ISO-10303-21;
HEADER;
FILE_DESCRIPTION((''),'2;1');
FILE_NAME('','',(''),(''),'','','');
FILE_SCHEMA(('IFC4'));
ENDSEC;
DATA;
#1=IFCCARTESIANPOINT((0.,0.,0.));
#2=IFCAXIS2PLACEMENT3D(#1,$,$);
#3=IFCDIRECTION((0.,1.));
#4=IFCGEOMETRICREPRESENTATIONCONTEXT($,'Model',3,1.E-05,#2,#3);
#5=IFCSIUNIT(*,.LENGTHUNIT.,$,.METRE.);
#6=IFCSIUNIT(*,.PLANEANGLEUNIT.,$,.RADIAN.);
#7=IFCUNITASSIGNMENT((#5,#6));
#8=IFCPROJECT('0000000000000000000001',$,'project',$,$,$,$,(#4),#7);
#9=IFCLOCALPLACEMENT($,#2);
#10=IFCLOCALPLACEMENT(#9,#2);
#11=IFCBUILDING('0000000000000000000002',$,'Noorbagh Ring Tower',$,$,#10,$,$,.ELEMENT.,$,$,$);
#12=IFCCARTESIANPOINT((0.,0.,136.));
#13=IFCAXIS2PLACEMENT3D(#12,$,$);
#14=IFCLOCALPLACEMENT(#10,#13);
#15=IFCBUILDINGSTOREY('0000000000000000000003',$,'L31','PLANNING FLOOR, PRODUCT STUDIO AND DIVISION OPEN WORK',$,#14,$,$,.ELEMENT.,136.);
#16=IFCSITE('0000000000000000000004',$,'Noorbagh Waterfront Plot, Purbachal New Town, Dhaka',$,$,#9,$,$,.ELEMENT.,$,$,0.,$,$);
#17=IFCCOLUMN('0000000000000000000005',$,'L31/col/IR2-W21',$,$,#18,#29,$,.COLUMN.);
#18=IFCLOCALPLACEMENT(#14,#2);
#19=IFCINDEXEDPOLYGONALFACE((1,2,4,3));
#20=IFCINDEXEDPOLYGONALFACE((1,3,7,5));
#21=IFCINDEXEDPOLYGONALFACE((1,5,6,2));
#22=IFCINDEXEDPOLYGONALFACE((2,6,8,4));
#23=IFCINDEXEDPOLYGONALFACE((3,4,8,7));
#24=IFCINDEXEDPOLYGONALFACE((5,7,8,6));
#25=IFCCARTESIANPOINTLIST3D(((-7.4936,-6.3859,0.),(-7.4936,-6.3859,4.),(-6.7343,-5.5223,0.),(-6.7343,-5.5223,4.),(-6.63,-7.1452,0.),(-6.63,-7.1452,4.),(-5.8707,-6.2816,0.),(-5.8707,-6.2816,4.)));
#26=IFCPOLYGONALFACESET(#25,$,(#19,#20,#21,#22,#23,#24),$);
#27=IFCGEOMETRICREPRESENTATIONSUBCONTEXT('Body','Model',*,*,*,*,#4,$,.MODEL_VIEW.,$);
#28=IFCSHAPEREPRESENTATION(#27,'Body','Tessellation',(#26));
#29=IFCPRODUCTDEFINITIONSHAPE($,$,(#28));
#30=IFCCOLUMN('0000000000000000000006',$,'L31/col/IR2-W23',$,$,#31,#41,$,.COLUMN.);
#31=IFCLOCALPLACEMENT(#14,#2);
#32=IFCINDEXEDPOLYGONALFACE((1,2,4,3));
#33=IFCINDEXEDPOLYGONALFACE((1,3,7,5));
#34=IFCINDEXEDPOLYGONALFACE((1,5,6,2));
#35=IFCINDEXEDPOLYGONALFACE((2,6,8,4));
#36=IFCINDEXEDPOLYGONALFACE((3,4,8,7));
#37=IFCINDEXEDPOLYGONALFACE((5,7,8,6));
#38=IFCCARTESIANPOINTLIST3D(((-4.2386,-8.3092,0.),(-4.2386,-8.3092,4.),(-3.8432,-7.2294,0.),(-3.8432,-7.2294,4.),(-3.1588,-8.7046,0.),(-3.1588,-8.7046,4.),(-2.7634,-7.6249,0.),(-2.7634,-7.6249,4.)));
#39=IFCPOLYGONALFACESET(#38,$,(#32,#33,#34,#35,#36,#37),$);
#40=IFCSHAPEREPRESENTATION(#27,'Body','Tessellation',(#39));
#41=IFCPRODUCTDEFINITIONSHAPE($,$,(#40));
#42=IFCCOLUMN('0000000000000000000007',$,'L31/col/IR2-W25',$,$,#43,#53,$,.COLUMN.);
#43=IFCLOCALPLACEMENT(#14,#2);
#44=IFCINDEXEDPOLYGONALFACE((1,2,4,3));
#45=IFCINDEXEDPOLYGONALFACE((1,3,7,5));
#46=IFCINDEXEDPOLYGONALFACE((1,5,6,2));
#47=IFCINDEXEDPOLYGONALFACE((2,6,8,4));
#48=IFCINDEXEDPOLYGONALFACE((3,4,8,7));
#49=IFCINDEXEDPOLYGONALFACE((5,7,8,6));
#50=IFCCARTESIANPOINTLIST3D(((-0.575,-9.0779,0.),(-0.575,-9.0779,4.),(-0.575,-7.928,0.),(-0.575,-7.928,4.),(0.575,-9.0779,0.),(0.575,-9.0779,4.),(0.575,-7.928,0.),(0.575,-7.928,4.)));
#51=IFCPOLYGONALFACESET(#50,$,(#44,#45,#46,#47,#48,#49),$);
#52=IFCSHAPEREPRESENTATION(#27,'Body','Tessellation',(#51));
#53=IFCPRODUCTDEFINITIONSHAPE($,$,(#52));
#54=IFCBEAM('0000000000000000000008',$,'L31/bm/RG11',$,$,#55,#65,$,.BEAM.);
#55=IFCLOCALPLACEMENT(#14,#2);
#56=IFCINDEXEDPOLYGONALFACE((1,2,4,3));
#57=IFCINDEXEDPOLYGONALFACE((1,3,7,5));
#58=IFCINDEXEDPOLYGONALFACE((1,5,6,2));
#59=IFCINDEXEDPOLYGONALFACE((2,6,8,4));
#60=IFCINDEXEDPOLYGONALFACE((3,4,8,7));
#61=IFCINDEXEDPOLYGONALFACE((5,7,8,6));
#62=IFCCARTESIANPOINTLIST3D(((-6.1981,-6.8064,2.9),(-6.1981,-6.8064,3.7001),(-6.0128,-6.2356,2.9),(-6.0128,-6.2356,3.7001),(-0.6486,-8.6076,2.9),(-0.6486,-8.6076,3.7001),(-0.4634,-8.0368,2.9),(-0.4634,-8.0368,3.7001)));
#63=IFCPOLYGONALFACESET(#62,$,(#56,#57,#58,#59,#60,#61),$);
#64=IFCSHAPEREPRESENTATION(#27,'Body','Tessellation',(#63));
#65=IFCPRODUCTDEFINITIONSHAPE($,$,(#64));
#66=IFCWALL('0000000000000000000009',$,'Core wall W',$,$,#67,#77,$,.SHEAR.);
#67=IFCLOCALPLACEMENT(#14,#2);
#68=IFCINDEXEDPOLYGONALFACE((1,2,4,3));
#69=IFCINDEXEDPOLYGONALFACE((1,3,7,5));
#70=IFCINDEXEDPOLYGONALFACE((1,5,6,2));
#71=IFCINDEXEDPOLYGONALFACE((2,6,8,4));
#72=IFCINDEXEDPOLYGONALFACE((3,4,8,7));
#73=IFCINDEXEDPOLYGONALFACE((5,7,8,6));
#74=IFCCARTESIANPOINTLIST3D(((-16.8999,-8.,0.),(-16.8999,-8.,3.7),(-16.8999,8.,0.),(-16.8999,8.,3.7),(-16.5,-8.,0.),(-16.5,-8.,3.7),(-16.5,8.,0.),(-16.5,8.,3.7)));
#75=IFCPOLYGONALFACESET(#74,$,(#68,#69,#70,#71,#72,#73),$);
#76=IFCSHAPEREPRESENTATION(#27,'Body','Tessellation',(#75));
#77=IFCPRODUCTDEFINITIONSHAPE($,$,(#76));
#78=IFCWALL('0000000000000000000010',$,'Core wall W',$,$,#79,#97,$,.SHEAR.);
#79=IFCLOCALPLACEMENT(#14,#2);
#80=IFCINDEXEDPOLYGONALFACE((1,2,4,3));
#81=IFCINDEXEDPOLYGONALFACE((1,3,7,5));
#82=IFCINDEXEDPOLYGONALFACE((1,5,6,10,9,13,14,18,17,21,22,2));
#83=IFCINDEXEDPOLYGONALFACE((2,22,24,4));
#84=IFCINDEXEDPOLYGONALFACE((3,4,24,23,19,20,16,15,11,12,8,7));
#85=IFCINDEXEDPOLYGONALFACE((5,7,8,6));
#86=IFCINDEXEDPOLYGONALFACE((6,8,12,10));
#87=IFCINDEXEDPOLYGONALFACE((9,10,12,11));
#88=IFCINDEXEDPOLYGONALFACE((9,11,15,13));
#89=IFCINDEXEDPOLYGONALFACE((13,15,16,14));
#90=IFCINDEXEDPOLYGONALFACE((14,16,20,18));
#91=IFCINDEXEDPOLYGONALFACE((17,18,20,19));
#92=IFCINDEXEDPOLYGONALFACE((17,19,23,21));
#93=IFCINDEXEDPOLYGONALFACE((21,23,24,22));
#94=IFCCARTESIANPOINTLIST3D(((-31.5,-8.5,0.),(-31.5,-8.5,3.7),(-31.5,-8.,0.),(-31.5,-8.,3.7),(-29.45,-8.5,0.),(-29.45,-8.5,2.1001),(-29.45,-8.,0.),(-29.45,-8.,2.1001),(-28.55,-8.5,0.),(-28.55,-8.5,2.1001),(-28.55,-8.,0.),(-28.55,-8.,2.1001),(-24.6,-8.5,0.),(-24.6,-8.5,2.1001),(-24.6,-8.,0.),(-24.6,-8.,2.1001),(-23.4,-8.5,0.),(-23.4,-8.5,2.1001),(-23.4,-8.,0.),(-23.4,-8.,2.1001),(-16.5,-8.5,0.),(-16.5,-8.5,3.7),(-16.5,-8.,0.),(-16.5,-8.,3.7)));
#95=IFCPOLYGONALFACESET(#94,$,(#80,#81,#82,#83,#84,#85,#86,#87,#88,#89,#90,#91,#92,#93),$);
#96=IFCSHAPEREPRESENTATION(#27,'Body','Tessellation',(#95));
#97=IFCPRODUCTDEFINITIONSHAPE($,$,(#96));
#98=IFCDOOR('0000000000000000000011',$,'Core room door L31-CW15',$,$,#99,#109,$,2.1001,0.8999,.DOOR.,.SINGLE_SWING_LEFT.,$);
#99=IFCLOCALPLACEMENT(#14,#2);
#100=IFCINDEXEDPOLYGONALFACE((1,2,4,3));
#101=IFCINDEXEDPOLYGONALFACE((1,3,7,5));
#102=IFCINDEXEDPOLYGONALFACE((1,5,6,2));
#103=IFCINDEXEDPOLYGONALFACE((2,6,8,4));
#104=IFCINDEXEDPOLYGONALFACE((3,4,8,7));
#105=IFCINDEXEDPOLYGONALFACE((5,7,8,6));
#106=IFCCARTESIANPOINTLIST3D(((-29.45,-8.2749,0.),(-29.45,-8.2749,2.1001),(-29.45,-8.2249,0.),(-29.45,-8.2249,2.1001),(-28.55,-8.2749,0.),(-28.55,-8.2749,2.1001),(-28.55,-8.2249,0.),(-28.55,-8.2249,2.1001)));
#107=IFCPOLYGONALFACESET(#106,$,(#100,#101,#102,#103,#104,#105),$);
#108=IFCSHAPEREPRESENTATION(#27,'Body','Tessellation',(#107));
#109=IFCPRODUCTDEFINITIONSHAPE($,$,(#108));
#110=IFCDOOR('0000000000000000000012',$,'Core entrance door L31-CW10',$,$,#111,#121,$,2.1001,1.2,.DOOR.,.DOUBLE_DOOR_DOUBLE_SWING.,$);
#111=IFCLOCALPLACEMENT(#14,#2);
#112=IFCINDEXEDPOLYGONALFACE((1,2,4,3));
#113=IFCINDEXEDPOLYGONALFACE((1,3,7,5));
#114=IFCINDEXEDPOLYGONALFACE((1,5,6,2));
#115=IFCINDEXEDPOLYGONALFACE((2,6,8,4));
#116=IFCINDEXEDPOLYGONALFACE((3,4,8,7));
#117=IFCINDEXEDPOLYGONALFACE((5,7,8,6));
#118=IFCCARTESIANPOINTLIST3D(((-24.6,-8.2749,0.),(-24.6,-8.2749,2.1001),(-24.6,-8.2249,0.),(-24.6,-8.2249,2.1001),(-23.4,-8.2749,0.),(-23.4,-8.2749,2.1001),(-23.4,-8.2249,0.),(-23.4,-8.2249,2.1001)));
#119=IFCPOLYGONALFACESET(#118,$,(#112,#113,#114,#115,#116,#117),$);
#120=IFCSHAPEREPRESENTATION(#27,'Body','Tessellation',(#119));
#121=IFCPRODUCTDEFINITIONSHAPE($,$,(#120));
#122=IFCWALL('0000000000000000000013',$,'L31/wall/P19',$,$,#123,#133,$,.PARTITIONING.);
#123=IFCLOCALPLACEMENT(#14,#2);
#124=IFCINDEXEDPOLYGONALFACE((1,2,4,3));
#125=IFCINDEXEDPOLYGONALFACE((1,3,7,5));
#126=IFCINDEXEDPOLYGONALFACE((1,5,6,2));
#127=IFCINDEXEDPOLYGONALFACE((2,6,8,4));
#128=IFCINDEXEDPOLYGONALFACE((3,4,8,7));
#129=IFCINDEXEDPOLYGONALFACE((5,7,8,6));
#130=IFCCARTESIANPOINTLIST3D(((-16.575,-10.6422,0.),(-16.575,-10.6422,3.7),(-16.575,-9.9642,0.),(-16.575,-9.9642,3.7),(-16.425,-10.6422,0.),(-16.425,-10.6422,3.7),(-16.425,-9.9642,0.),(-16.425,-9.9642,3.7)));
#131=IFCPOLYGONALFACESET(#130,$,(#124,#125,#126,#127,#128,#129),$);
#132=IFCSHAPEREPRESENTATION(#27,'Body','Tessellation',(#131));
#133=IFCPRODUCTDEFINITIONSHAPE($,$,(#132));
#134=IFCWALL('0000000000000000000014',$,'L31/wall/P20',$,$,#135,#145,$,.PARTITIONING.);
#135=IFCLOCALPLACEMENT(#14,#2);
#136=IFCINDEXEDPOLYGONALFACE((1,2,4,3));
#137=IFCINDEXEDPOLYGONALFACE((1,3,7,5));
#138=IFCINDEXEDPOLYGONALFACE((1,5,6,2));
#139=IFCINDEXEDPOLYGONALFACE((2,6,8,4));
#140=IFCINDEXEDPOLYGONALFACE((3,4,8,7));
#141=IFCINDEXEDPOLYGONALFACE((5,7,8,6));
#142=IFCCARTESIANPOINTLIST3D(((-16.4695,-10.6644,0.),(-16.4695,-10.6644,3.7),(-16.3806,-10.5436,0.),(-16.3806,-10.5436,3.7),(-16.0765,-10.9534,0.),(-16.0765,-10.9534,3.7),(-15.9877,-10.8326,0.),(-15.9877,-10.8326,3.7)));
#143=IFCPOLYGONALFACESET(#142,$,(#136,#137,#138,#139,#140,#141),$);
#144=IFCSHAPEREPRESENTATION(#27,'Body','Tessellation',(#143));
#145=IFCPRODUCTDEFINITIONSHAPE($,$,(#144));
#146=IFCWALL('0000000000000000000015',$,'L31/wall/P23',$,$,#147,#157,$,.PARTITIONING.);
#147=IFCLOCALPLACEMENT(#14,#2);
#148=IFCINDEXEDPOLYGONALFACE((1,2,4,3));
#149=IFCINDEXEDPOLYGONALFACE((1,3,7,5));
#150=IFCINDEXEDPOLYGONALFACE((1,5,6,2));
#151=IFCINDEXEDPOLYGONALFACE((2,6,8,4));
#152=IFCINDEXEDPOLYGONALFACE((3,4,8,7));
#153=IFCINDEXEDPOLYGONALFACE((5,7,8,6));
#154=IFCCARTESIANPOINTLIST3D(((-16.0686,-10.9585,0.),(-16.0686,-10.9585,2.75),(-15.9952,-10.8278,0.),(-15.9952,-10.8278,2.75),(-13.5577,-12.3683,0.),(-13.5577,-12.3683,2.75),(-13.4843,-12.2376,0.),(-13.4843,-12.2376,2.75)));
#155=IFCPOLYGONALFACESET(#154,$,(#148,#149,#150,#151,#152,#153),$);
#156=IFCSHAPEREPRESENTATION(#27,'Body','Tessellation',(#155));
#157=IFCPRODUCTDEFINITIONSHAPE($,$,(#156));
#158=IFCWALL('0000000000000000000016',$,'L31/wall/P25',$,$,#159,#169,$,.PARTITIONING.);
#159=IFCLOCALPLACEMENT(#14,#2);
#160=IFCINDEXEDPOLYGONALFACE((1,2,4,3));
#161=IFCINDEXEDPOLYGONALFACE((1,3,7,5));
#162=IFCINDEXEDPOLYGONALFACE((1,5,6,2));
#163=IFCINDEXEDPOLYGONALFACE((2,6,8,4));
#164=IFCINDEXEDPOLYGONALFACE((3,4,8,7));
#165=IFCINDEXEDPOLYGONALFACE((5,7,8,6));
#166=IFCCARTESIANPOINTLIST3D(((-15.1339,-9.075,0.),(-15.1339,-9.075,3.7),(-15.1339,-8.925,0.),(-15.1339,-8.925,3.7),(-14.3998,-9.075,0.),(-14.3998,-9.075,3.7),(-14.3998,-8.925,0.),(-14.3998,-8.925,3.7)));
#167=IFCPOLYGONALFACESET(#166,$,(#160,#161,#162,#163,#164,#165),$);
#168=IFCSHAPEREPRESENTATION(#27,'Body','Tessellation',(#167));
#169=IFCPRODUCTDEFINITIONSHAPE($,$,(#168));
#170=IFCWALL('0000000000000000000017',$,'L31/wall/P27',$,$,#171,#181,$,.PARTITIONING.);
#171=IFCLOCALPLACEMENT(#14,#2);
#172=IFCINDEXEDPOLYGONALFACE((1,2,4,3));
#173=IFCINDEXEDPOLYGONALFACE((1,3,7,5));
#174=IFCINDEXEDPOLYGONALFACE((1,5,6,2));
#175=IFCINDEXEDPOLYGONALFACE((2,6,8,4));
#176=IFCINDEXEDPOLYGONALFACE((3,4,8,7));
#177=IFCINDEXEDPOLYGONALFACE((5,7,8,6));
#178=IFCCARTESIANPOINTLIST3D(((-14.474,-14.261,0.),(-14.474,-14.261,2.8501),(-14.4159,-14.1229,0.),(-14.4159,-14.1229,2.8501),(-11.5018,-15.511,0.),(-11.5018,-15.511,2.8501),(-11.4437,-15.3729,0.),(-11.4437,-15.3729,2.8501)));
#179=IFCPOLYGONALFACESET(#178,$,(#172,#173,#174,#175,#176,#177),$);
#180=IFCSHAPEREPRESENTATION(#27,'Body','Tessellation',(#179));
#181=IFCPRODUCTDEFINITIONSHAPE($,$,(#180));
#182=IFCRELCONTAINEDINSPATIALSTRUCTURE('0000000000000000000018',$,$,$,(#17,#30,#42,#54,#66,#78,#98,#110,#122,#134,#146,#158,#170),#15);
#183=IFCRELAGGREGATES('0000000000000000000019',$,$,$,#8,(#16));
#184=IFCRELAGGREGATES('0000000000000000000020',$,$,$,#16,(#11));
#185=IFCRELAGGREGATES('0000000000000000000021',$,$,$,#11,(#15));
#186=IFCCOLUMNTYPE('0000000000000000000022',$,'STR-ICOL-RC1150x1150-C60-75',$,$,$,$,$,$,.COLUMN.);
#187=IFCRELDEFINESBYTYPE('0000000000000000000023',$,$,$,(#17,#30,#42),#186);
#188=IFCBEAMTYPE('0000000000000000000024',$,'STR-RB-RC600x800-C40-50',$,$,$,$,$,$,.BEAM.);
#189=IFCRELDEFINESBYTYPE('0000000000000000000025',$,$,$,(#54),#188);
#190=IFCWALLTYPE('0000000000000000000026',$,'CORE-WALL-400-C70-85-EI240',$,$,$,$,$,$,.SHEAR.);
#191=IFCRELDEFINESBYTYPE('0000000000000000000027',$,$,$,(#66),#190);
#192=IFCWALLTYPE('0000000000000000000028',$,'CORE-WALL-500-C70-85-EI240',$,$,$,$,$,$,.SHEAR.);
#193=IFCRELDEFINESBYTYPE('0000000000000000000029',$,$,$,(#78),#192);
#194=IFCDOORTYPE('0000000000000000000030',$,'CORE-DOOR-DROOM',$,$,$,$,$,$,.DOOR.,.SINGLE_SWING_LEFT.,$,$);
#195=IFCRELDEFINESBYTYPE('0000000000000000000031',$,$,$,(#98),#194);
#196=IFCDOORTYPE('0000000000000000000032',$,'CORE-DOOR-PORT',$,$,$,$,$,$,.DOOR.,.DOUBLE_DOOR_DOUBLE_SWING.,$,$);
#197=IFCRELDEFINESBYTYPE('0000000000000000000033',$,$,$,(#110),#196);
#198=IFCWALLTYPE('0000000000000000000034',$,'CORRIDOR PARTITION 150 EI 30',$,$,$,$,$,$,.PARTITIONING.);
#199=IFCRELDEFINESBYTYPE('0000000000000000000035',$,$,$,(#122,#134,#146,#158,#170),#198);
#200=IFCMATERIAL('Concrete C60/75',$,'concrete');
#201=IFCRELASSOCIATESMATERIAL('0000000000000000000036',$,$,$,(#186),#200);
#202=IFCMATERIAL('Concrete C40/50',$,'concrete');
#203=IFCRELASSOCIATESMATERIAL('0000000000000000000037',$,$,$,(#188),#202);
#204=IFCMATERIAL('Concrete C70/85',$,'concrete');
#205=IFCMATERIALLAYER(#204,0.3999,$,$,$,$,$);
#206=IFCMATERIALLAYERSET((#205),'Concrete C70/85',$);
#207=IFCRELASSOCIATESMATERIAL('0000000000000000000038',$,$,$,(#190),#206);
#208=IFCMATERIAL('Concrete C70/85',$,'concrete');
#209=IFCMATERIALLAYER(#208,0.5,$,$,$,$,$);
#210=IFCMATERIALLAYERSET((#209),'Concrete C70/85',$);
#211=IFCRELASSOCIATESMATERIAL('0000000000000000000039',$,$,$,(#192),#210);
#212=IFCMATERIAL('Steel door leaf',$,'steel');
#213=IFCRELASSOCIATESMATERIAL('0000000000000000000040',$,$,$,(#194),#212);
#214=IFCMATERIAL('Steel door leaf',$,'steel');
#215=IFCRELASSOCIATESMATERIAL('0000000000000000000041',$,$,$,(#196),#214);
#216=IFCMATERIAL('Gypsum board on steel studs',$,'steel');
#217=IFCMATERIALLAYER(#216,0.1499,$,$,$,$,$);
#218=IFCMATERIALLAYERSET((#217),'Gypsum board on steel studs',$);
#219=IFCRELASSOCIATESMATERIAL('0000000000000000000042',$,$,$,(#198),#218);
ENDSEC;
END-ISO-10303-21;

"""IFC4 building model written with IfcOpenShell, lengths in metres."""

from ifc_helpers import new_model, si_unit, direction, frame, frame_2d, origin, origin_2d, place, context, subcontext, project, spatial, rectangle, extrude, material, layer, layer_set, material_profile, profile_set, type_object, element, fill, save


model = new_model("IFC4")

# Units and contexts
model_context = context("Model", 3, precision=1e-05, world=origin(), true_north=direction((0.0, 1.0)))
body_context = subcontext(model_context, "Body", "Model", "MODEL_VIEW")
ifc_project = project(units=[si_unit("LENGTHUNIT", "METRE"), si_unit("PLANEANGLEUNIT", "RADIAN")], contexts=[model_context])

# Site, building, storey
site_placement = place(None, origin())
site = spatial("IfcSite", under=ifc_project, at=site_placement, Name="Noorbagh Waterfront Plot, Purbachal New Town, Dhaka", CompositionType="ELEMENT", RefElevation=0.0)
building_placement = place(site_placement, origin())
building = spatial("IfcBuilding", under=site, at=building_placement, Name="Noorbagh Ring Tower", CompositionType="ELEMENT")
storey_placement = place(building_placement, frame((0.0, 0.0, 136.0)))
storey = spatial("IfcBuildingStorey", under=building, at=storey_placement, Name="L31", Description="PLANNING FLOOR, PRODUCT STUDIO AND DIVISION OPEN WORK", CompositionType="ELEMENT", Elevation=136.0)

# Columns
ifc_material_1 = material(Name="Concrete C60/75", Category="concrete")
ifc_material_profile_1 = material_profile(ifc_material_1, rectangle(XDim=1.1499, YDim=1.1499, at=origin_2d()), Name="RC1150x1150")
ifc_profile_set_1 = profile_set([ifc_material_profile_1], Name="Concrete C60/75")
column_type = type_object("IfcColumnType", Name="STR-ICOL-RC1150x1150-C60-75", PredefinedType="COLUMN", material=ifc_profile_set_1)
for number, where, z_axis, x_axis, name in (
    (1, (-6.6821, -6.3337, 0.0), (0.0, 0.0, 1.0), (0.751022, -0.660277, 0.0), "L31/col/IR2-W21"),
    (2, (-3.501, -7.967, 0.0), (0.0, 0.0, 1.0), (0.93902, -0.343864, 0.0), "L31/col/IR2-W23"),
    (3, (0.0, -8.5029, 0.0), (0.0, 0.0, 1.0), (1.0, 0.0, 0.0), "L31/col/IR2-W25"),
):
    element("IfcColumn", number, at=place(storey_placement, frame(where, z_axis=z_axis, x_axis=x_axis)), inside=storey, type_object=column_type, Name=name, PredefinedType="COLUMN", context=body_context, shape_type="SweptSolid", body=[
        extrude(rectangle(XDim=1.1499, YDim=1.1499, at=origin_2d()), origin(), (0.0, 0.0, 1.0), 4.0),
    ])

# Beam
ifc_material_2 = material(Name="Concrete C40/50", Category="concrete")
ifc_material_profile_2 = material_profile(ifc_material_2, rectangle(XDim=0.6001, YDim=0.8, at=origin_2d()), Name="RC600x800")
ifc_profile_set_2 = profile_set([ifc_material_profile_2], Name="Concrete C40/50")
beam_type = type_object("IfcBeamType", Name="STR-RB-RC600x800-C40-50", PredefinedType="BEAM", material=ifc_profile_set_2)
beam_placement = place(storey_placement, frame((-6.1055, -6.521, 3.3), z_axis=(0.951152, -0.308724, 0.0), x_axis=(0.308724, 0.951152, 0.0)))
element("IfcBeam", 4, at=beam_placement, inside=storey, type_object=beam_type, Name="L31/bm/RG11", PredefinedType="BEAM", context=body_context, shape_type="SweptSolid", body=[
    extrude(rectangle(XDim=0.6001, YDim=0.8, at=origin_2d()), origin(), (0.0, 0.0, 1.0), 5.8345),
])

# Wall
ifc_material_3 = material(Name="Concrete C70/85", Category="concrete")
ifc_layer_1 = layer(ifc_material_3, 0.3999)
ifc_layer_set_1 = layer_set([ifc_layer_1], Name="Concrete C70/85")
wall_type_1 = type_object("IfcWallType", Name="CORE-WALL-400-C70-85-EI240", PredefinedType="SHEAR", material=ifc_layer_set_1)
wall_1_placement = place(storey_placement, frame((-16.7, -8.0, 0.0), z_axis=(0.0, 0.0, 1.0), x_axis=(0.0, 1.0, 0.0)))
element("IfcWall", 5, at=wall_1_placement, inside=storey, type_object=wall_type_1, Name="Core wall W", PredefinedType="SHEAR", context=body_context, shape_type="SweptSolid", body=[
    extrude(rectangle(XDim=16.0, YDim=0.3999, at=frame_2d((8.0, 0.0))), origin(), (0.0, 0.0, 1.0), 3.7),
])

# Wall, openings, doors
ifc_material_4 = material(Name="Concrete C70/85", Category="concrete")
ifc_layer_2 = layer(ifc_material_4, 0.5)
ifc_layer_set_2 = layer_set([ifc_layer_2], Name="Concrete C70/85")
wall_type_2 = type_object("IfcWallType", Name="CORE-WALL-500-C70-85-EI240", PredefinedType="SHEAR", material=ifc_layer_set_2)
wall_2_placement = place(storey_placement, frame((-16.5, -8.25, 0.0), z_axis=(0.0, 0.0, 1.0), x_axis=(-1.0, 0.0, 0.0)))
wall_2 = element("IfcWall", 6, at=wall_2_placement, inside=storey, type_object=wall_type_2, Name="Core wall W", PredefinedType="SHEAR", context=body_context, shape_type="SweptSolid", body=[
    extrude(rectangle(XDim=15.0, YDim=0.5, at=frame_2d((7.5, 0.0))), origin(), (0.0, 0.0, 1.0), 3.7),
])
opening_1_placement = place(wall_2_placement, frame((6.8999, 0.0, 0.0)))
opening_1 = element("IfcOpeningElement", 7, at=opening_1_placement, cuts=wall_2, PredefinedType="OPENING", context=body_context, shape_type="SweptSolid", body=[
    extrude(rectangle(XDim=1.2, YDim=2.1001, at=frame_2d((0.6001, 1.05))), frame((0.0, 0.26, 0.0), z_axis=(0.0, -1.0, 0.0), x_axis=(1.0, 0.0, 0.0)), (0.0, 0.0, 1.0), 0.52),
])
opening_2_placement = place(wall_2_placement, frame((12.05, 0.0, 0.0)))
opening_2 = element("IfcOpeningElement", 8, at=opening_2_placement, cuts=wall_2, PredefinedType="OPENING", context=body_context, shape_type="SweptSolid", body=[
    extrude(rectangle(XDim=0.8999, YDim=2.1001, at=frame_2d((0.45, 1.05))), frame((0.0, 0.26, 0.0), z_axis=(0.0, -1.0, 0.0), x_axis=(1.0, 0.0, 0.0)), (0.0, 0.0, 1.0), 0.52),
])
ifc_material_5 = material(Name="Steel door leaf", Category="steel")
door_type_1 = type_object("IfcDoorType", Name="CORE-DOOR-DROOM", OperationType="SINGLE_SWING_LEFT", PredefinedType="DOOR", material=ifc_material_5)
door_1_placement = place(opening_2_placement, origin())
door_1 = element("IfcDoor", 9, at=door_1_placement, inside=storey, type_object=door_type_1, Name="Core room door L31-CW15", OperationType="SINGLE_SWING_LEFT", OverallHeight=2.1001, OverallWidth=0.8999, PredefinedType="DOOR", context=body_context, shape_type="SweptSolid", body=[
    extrude(rectangle(XDim=0.8999, YDim=2.1001, at=frame_2d((0.45, 1.05))), frame((0.0, 0.0249, 0.0), z_axis=(0.0, -1.0, 0.0), x_axis=(1.0, 0.0, 0.0)), (0.0, 0.0, 1.0), 0.05),
])
fill(opening_2, door_1)
ifc_material_6 = material(Name="Steel door leaf", Category="steel")
door_type_2 = type_object("IfcDoorType", Name="CORE-DOOR-PORT", OperationType="DOUBLE_DOOR_DOUBLE_SWING", PredefinedType="DOOR", material=ifc_material_6)
door_2_placement = place(opening_1_placement, origin())
door_2 = element("IfcDoor", 10, at=door_2_placement, inside=storey, type_object=door_type_2, Name="Core entrance door L31-CW10", OperationType="DOUBLE_DOOR_DOUBLE_SWING", OverallHeight=2.1001, OverallWidth=1.2, PredefinedType="DOOR", context=body_context, shape_type="SweptSolid", body=[
    extrude(rectangle(XDim=1.2, YDim=2.1001, at=frame_2d((0.6001, 1.05))), frame((0.0, 0.0249, 0.0), z_axis=(0.0, -1.0, 0.0), x_axis=(1.0, 0.0, 0.0)), (0.0, 0.0, 1.0), 0.05),
])
fill(opening_1, door_2)

# Walls
ifc_material_7 = material(Name="Gypsum board on steel studs", Category="steel")
ifc_layer_3 = layer(ifc_material_7, 0.1499)
ifc_layer_set_3 = layer_set([ifc_layer_3], Name="Gypsum board on steel studs")
wall_type_3 = type_object("IfcWallType", Name="CORRIDOR PARTITION 150 EI 30", PredefinedType="PARTITIONING", material=ifc_layer_set_3)
wall_3_placement = place(storey_placement, frame((-16.5, -10.6421, 0.0), z_axis=(0.0, 0.0, 1.0), x_axis=(0.0, 1.0, 0.0)))
element("IfcWall", 11, at=wall_3_placement, inside=storey, type_object=wall_type_3, Name="L31/wall/P19", PredefinedType="PARTITIONING", context=body_context, shape_type="SweptSolid", body=[
    extrude(rectangle(XDim=0.678, YDim=0.1499, at=frame_2d((0.3389, 0.0))), origin(), (0.0, 0.0, 1.0), 3.7),
])
wall_4_placement = place(storey_placement, frame((-16.425, -10.604, 0.0), z_axis=(0.0, 0.0, 1.0), x_axis=(0.805609, -0.592448, 0.0)))
element("IfcWall", 12, at=wall_4_placement, inside=storey, type_object=wall_type_3, Name="L31/wall/P20", PredefinedType="PARTITIONING", context=body_context, shape_type="SweptSolid", body=[
    extrude(rectangle(XDim=0.4878, YDim=0.1499, at=frame_2d((0.2439, 0.0))), origin(), (0.0, 0.0, 1.0), 3.7),
])
wall_5_placement = place(storey_placement, frame((-16.032, -10.8931, 0.0), z_axis=(0.0, 0.0, 1.0), x_axis=(0.871949, -0.489597, 0.0)))
element("IfcWall", 13, at=wall_5_placement, inside=storey, type_object=wall_type_3, Name="L31/wall/P23", PredefinedType="PARTITIONING", context=body_context, shape_type="SweptSolid", body=[
    extrude(rectangle(XDim=2.8796, YDim=0.1499, at=frame_2d((1.4399, 0.0))), origin(), (0.0, 0.0, 1.0), 2.75),
])
wall_6_placement = place(storey_placement, frame((-15.134, -9.0, 0.0), z_axis=(0.0, 0.0, 1.0), x_axis=(1.0, 0.0, 0.0)))
element("IfcWall", 14, at=wall_6_placement, inside=storey, type_object=wall_type_3, Name="L31/wall/P25", PredefinedType="PARTITIONING", context=body_context, shape_type="SweptSolid", body=[
    extrude(rectangle(XDim=0.7341, YDim=0.1499, at=frame_2d((0.3672, 0.0))), origin(), (0.0, 0.0, 1.0), 3.7),
])
wall_7_placement = place(storey_placement, frame((-14.4451, -14.1919, 0.0), z_axis=(0.0, 0.0, 1.0), x_axis=(0.921795, -0.387678, 0.0)))
element("IfcWall", 15, at=wall_7_placement, inside=storey, type_object=wall_type_3, Name="L31/wall/P27", PredefinedType="PARTITIONING", context=body_context, shape_type="SweptSolid", body=[
    extrude(rectangle(XDim=3.2244, YDim=0.1499, at=frame_2d((1.6123, 0.0))), origin(), (0.0, 0.0, 1.0), 2.8501),
])

save(model, "model.ifc")
